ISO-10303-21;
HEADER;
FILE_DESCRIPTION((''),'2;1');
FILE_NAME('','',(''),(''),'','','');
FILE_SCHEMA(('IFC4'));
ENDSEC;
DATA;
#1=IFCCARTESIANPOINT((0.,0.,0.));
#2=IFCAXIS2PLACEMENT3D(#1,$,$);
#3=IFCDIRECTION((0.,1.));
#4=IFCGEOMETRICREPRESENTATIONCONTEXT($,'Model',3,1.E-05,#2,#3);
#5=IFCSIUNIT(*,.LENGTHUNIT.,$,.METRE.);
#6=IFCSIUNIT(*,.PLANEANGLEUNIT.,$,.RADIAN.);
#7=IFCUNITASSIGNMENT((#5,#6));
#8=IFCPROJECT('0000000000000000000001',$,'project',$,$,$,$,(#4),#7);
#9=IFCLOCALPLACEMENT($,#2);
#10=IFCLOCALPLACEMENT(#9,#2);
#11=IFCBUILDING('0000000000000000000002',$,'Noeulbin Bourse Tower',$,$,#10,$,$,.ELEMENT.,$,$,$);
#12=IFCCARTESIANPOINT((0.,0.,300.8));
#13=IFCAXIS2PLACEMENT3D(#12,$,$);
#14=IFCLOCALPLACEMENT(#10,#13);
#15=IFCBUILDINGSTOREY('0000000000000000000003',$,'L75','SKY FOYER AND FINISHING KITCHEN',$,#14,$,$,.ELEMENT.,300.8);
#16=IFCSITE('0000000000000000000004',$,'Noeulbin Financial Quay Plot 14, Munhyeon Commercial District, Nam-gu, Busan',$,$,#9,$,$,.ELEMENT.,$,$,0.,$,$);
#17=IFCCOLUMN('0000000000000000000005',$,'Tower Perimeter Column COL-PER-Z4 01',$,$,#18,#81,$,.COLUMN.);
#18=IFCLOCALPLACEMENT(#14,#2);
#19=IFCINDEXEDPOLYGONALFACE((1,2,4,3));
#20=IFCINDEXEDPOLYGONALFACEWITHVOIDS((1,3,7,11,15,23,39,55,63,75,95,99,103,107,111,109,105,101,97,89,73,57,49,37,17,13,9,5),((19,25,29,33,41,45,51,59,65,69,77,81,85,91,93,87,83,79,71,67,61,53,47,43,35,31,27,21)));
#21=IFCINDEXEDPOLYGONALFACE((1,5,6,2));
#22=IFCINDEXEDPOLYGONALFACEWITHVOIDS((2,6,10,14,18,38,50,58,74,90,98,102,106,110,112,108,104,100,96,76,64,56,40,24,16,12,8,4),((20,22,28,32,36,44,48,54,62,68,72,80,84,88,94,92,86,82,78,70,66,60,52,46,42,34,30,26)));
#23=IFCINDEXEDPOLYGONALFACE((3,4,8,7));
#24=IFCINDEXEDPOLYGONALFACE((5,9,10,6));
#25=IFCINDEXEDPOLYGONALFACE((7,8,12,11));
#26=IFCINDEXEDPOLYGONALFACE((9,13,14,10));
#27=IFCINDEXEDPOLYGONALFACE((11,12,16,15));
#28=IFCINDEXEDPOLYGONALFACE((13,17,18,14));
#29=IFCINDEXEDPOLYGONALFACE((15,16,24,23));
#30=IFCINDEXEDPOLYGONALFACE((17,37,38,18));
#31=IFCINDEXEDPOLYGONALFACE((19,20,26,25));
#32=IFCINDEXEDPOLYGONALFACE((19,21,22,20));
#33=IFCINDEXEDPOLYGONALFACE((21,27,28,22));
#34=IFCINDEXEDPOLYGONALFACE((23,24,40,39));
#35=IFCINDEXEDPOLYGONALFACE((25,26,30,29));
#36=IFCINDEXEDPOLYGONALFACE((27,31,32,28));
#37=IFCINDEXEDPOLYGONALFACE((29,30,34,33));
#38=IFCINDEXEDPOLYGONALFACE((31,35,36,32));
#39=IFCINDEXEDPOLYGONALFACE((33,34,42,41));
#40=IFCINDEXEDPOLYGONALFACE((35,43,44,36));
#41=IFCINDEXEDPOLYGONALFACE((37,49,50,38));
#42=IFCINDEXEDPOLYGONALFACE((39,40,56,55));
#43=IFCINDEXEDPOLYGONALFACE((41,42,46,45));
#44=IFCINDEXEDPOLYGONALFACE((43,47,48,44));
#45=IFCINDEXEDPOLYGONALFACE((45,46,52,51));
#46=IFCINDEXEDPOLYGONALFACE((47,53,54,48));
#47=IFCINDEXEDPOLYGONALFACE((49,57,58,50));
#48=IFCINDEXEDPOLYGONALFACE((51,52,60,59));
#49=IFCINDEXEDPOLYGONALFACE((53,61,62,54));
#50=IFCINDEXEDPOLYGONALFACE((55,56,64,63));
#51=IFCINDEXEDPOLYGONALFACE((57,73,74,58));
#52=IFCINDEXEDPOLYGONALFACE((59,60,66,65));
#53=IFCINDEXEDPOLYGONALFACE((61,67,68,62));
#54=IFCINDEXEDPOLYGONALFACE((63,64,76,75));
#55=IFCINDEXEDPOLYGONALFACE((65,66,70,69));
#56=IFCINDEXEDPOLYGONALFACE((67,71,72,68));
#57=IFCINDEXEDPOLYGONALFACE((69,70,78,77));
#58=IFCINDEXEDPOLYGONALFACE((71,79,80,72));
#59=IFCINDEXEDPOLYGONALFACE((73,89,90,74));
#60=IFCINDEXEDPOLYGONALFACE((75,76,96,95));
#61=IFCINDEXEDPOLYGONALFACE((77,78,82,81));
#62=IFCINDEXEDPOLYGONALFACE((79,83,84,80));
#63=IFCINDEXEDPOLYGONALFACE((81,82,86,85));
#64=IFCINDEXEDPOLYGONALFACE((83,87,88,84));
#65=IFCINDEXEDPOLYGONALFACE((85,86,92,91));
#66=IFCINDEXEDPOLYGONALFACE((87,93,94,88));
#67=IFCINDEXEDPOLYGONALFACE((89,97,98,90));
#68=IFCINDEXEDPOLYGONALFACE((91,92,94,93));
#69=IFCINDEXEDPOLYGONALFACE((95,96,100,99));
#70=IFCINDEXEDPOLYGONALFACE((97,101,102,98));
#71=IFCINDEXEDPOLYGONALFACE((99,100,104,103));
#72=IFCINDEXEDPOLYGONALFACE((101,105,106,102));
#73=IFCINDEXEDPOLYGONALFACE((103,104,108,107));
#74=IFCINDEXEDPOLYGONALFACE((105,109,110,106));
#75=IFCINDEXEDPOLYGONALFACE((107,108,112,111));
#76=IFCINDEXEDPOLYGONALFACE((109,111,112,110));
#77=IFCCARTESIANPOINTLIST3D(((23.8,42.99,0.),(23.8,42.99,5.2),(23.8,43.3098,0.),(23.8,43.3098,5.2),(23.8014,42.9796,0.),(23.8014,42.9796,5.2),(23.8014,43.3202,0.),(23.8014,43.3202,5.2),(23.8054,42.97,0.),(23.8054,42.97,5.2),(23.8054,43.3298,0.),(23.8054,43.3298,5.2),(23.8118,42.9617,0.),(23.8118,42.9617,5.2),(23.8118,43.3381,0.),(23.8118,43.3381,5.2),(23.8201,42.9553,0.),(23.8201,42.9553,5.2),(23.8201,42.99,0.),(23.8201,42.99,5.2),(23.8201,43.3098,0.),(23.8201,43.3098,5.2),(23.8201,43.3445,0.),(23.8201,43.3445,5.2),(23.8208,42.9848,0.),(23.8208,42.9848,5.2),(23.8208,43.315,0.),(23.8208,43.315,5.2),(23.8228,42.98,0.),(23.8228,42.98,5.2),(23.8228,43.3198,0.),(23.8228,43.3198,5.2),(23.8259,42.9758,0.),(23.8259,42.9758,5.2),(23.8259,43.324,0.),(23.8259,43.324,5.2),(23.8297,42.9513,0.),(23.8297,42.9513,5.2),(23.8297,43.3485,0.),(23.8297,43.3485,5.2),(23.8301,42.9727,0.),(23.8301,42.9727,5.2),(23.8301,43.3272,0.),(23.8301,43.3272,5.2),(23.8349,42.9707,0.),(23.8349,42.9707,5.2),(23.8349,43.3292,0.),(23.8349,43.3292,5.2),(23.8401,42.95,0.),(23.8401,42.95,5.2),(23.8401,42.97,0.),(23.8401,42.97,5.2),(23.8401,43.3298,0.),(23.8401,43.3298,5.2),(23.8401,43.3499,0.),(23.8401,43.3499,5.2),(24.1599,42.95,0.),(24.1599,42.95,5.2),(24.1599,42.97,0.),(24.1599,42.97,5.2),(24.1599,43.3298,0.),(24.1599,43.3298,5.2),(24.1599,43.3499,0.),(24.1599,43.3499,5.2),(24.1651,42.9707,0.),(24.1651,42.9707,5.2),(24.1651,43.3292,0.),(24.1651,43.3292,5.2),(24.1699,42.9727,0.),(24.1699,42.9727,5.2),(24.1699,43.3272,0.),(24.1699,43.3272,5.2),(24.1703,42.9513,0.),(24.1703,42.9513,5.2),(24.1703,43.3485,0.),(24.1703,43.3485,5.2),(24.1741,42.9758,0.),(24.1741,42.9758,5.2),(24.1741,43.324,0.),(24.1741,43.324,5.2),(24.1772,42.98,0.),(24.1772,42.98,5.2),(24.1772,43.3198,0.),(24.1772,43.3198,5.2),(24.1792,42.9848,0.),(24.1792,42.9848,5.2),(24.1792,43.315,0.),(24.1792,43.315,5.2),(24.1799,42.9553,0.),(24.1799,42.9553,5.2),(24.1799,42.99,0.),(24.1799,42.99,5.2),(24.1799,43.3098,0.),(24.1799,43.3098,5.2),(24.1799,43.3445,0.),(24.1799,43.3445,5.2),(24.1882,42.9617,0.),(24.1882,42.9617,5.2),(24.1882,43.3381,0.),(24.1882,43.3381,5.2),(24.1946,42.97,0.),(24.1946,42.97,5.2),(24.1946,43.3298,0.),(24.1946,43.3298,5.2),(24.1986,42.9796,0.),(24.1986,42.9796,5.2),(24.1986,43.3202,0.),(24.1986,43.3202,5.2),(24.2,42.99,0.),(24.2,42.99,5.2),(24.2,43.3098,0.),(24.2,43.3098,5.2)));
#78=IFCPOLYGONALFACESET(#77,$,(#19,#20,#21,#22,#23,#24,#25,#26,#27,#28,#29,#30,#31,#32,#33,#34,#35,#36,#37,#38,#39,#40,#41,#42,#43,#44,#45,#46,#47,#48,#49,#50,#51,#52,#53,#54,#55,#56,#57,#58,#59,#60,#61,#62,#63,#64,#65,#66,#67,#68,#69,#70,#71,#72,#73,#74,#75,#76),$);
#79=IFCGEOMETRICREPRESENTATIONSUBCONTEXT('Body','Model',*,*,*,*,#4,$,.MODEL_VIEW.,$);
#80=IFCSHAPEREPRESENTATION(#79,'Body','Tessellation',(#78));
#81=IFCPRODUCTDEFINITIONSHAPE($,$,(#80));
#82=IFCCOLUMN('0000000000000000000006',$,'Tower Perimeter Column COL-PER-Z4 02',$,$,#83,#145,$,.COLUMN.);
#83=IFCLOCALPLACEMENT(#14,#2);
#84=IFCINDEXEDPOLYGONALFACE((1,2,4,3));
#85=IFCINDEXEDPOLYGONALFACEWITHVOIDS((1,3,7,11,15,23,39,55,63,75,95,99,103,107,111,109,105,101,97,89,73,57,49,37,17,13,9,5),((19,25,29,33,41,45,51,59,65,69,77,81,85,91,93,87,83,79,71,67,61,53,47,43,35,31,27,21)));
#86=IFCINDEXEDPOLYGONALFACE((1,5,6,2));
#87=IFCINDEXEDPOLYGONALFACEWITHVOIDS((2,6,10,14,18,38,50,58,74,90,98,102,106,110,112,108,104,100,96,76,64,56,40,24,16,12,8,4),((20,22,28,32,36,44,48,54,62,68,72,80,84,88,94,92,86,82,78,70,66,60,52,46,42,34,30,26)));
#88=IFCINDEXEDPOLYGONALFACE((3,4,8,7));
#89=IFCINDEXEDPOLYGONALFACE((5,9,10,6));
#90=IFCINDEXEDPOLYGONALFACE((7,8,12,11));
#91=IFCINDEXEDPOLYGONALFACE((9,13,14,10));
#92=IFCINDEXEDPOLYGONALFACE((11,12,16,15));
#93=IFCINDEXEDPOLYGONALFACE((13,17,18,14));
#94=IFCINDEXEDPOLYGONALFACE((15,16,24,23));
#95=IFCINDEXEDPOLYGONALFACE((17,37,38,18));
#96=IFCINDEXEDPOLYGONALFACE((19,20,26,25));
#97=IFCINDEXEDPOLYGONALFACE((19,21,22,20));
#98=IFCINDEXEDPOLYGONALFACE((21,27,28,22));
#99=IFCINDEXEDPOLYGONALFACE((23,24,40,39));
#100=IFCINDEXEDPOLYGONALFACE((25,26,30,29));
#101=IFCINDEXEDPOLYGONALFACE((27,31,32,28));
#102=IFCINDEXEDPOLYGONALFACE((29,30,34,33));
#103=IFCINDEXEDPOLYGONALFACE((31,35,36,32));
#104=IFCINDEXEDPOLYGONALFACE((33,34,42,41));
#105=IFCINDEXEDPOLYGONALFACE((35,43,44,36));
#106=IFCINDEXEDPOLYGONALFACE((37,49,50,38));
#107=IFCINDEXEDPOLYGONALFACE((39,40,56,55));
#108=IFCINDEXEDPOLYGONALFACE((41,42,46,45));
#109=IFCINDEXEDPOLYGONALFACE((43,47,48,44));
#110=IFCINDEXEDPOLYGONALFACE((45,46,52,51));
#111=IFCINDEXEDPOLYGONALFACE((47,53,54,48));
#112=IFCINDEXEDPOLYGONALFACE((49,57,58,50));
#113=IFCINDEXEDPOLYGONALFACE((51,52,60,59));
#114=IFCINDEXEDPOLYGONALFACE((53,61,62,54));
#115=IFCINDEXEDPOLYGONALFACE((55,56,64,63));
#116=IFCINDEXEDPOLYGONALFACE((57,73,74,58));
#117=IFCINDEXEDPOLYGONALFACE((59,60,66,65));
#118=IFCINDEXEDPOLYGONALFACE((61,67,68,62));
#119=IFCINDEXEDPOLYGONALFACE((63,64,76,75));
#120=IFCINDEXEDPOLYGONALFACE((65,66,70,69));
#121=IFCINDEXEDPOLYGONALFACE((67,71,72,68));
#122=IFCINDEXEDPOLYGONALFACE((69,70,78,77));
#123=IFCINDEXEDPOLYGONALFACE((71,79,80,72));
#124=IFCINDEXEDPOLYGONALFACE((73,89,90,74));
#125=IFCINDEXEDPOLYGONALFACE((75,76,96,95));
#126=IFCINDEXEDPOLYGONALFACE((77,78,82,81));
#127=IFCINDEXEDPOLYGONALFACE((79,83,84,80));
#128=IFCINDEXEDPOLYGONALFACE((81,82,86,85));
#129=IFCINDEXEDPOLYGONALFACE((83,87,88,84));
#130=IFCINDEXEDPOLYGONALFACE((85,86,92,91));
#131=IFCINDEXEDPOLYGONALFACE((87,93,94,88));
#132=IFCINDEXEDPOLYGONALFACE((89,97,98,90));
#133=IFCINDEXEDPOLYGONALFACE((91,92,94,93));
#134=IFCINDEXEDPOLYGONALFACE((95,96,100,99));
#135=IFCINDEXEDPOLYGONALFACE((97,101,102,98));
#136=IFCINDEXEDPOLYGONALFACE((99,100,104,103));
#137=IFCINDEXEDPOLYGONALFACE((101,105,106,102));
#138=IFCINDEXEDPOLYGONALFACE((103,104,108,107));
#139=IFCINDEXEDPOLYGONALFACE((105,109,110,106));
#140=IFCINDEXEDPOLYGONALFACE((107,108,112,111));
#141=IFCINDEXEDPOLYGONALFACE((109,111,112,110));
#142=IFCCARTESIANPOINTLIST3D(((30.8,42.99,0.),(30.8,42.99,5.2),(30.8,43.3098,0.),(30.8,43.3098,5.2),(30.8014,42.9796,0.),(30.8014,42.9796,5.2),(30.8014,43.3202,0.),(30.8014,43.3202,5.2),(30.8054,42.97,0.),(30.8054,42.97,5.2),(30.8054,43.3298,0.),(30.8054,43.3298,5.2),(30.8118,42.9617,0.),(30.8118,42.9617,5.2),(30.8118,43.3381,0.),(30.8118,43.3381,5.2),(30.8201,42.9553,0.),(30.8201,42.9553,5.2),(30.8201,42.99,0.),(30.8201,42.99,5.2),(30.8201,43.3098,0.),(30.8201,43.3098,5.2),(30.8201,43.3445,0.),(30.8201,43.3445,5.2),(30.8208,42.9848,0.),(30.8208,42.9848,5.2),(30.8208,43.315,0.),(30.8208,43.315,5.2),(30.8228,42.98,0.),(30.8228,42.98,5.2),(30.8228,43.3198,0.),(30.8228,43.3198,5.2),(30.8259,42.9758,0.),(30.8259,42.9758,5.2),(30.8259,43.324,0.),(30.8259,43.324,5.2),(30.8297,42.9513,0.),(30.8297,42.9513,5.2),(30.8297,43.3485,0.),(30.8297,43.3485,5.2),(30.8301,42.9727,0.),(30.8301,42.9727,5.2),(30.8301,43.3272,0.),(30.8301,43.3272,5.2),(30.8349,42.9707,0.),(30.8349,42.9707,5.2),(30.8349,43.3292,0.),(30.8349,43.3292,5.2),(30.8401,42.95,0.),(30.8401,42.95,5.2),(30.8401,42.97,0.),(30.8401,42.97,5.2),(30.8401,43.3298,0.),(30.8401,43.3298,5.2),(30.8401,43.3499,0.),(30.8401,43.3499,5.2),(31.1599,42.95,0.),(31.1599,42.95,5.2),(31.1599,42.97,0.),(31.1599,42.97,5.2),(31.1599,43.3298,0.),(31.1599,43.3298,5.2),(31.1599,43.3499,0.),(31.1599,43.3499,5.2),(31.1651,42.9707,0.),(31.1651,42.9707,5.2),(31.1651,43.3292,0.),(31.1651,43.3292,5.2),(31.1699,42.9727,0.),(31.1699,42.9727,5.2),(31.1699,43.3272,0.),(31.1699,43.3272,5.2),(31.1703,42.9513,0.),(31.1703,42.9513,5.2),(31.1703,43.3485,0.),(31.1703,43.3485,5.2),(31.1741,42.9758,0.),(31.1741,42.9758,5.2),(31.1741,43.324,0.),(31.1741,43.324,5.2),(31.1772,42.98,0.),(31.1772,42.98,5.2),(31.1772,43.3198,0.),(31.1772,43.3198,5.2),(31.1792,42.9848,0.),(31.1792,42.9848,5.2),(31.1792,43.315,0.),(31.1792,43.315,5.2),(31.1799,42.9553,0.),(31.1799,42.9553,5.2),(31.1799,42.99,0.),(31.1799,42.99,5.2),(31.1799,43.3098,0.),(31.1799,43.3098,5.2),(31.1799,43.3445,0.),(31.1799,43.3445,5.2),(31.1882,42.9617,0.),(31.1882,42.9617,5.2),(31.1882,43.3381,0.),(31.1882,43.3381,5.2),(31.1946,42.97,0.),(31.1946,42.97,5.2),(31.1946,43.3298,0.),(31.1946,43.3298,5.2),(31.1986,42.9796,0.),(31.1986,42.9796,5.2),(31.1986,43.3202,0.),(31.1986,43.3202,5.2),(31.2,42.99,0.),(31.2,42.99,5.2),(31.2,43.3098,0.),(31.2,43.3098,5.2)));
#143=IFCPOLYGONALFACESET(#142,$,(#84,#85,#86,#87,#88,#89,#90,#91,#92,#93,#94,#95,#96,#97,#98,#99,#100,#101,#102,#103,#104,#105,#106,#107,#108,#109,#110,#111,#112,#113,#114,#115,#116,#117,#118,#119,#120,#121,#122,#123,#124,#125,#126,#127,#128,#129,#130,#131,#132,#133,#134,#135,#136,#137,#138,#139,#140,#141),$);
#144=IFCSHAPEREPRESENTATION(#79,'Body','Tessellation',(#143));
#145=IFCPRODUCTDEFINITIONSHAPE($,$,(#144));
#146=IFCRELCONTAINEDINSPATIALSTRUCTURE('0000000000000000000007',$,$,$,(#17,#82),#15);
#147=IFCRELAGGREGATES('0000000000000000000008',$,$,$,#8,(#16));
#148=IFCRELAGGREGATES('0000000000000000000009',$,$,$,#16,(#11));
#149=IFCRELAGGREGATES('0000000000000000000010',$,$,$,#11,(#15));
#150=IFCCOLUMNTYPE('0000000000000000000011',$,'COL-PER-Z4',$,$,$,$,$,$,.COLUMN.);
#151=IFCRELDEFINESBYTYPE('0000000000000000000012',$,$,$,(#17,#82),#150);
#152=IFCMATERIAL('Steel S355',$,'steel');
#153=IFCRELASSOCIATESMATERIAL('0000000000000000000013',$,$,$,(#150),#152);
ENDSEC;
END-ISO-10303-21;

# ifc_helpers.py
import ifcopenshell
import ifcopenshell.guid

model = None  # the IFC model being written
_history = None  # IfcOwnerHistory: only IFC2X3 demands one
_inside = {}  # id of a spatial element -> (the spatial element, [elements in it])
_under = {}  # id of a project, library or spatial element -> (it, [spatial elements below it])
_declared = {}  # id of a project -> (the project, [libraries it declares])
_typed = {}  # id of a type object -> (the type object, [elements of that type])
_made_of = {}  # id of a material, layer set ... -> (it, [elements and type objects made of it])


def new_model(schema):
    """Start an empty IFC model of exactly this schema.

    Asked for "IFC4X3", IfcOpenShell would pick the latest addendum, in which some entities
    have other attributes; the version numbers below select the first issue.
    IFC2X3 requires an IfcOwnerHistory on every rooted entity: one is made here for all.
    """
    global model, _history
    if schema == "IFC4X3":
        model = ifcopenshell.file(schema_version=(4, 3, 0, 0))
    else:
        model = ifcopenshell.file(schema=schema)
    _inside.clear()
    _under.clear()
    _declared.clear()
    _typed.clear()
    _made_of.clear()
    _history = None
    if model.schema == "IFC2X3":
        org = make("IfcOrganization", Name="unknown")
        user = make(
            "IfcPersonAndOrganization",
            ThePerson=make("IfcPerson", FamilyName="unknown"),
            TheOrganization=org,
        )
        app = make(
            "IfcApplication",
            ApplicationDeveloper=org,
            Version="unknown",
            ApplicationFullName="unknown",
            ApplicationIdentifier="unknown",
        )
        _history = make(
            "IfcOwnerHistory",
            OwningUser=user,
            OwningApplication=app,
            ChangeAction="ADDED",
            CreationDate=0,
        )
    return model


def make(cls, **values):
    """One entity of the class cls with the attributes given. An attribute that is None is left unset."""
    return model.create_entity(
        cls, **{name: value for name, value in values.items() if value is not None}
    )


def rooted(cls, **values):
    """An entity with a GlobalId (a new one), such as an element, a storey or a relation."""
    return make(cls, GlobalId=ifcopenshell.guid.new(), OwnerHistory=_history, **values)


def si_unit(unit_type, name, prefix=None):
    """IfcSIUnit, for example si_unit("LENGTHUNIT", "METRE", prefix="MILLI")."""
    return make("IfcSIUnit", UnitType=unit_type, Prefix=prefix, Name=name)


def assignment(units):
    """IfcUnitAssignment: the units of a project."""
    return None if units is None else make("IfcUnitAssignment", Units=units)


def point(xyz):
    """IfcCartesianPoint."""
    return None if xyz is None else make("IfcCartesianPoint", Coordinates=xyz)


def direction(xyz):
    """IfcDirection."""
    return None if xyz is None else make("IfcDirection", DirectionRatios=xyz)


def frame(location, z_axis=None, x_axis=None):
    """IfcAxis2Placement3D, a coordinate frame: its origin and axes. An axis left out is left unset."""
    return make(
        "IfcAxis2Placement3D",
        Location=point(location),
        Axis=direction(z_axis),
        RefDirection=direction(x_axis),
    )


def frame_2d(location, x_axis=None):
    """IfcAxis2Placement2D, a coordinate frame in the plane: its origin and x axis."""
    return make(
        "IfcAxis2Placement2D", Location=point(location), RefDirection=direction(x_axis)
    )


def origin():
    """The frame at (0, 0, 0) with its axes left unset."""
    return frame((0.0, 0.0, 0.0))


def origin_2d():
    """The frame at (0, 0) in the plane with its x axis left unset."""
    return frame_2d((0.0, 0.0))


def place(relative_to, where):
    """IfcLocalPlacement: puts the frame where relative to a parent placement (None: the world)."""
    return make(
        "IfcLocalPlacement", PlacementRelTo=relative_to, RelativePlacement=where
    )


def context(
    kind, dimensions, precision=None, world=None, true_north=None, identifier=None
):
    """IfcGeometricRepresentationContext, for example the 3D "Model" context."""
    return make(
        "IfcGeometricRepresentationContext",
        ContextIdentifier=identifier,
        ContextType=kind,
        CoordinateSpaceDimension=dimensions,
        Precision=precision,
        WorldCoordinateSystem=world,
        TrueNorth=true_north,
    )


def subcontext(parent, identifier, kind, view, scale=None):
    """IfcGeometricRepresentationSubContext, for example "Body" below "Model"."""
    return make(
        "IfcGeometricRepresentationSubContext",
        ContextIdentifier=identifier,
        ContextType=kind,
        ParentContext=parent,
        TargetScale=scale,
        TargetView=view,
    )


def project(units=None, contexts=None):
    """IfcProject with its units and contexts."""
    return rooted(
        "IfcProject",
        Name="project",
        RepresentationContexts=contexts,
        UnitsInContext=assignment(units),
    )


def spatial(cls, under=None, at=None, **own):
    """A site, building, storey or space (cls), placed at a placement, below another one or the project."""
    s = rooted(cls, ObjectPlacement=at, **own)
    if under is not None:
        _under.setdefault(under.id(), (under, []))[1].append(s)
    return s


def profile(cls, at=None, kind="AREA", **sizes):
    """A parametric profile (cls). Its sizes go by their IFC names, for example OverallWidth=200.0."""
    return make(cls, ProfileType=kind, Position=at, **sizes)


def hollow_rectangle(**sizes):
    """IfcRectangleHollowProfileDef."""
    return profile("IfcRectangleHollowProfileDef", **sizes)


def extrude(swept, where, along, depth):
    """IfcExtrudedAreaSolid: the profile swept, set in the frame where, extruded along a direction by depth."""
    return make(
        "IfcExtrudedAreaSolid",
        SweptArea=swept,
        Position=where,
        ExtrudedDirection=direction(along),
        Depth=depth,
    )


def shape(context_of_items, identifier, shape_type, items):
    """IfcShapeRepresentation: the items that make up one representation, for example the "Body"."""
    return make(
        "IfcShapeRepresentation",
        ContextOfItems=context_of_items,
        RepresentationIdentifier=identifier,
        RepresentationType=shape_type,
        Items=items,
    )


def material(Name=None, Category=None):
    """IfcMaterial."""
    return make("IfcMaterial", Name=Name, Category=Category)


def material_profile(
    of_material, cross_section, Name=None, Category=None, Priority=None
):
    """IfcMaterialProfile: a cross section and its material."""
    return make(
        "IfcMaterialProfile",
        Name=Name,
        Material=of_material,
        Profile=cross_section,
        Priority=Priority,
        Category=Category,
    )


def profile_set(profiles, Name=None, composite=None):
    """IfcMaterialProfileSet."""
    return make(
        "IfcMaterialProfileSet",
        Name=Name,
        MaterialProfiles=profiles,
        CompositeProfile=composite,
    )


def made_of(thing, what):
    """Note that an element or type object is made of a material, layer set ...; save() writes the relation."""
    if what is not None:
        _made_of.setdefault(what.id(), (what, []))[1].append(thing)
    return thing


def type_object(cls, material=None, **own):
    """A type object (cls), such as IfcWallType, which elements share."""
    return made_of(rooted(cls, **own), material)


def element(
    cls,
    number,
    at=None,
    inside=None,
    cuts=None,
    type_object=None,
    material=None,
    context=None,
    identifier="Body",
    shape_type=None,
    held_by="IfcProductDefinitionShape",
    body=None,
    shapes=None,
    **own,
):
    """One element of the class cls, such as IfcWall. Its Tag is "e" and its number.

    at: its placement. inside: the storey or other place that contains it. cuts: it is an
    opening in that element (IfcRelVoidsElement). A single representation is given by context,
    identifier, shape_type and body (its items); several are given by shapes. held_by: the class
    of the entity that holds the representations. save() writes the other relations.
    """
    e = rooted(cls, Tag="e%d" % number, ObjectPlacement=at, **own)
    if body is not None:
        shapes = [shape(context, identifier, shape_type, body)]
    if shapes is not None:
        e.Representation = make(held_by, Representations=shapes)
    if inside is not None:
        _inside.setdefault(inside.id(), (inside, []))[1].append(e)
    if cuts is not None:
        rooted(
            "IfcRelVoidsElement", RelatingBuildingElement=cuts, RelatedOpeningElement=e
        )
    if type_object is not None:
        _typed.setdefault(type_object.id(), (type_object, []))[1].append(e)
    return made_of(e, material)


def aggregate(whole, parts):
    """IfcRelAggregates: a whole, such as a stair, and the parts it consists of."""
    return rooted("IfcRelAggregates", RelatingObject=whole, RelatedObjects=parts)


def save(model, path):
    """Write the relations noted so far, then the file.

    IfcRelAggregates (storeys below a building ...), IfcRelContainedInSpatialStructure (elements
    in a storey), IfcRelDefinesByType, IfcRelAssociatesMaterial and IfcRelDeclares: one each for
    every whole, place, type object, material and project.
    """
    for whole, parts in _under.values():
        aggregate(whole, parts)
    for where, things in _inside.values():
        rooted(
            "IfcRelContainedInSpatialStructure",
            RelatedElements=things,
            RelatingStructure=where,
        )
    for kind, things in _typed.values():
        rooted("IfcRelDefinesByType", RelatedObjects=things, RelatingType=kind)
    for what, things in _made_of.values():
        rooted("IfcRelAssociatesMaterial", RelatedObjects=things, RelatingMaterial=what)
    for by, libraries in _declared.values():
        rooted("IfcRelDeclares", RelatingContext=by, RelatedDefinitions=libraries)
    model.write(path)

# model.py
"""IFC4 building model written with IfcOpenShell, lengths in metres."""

from ifc_helpers import new_model, si_unit, direction, frame, origin, origin_2d, place, context, subcontext, project, spatial, hollow_rectangle, extrude, material, material_profile, profile_set, type_object, element, save


model = new_model("IFC4")

# Units and contexts
model_context = context("Model", 3, precision=1e-05, world=origin(), true_north=direction((0.0, 1.0)))
body_context = subcontext(model_context, "Body", "Model", "MODEL_VIEW")
ifc_project = project(units=[si_unit("LENGTHUNIT", "METRE"), si_unit("PLANEANGLEUNIT", "RADIAN")], contexts=[model_context])

# Site, building, storey
site_placement = place(None, origin())
site = spatial("IfcSite", under=ifc_project, at=site_placement, Name="Noeulbin Financial Quay Plot 14, Munhyeon Commercial District, Nam-gu, Busan", CompositionType="ELEMENT", RefElevation=0.0)
building_placement = place(site_placement, origin())
building = spatial("IfcBuilding", under=site, at=building_placement, Name="Noeulbin Bourse Tower", CompositionType="ELEMENT")
storey_placement = place(building_placement, frame((0.0, 0.0, 300.8)))
storey = spatial("IfcBuildingStorey", under=building, at=storey_placement, Name="L75", Description="SKY FOYER AND FINISHING KITCHEN", CompositionType="ELEMENT", Elevation=300.8)

# Columns
ifc_material_1 = material(Name="Steel S355", Category="steel")
ifc_material_profile_1 = material_profile(ifc_material_1, hollow_rectangle(XDim=0.3999, YDim=0.3999, WallThickness=0.02, InnerFilletRadius=0.02, OuterFilletRadius=0.04, at=origin_2d()), Name="SHS-400x400x20", Category="LoadBearing")
ifc_profile_set_1 = profile_set([ifc_material_profile_1], Name="Steel S355")
column_type_1 = type_object("IfcColumnType", Name="COL-PER-Z4", PredefinedType="COLUMN", material=ifc_profile_set_1)
for number, where, z_axis, x_axis, name in (
    (1, (24.0, 43.1499, 0.0), (0.0, 0.0, 1.0), (1.0, 0.0, 0.0), "Tower Perimeter Column COL-PER-Z4 01"),
    (2, (31.0, 43.1499, 0.0), (0.0, 0.0, 1.0), (1.0, 0.0, 0.0), "Tower Perimeter Column COL-PER-Z4 02"),
):
    element("IfcColumn", number, at=place(storey_placement, frame(where, z_axis=z_axis, x_axis=x_axis)), inside=storey, type_object=column_type_1, Name=name, PredefinedType="COLUMN", context=body_context, shape_type="SweptSolid", body=[
        extrude(hollow_rectangle(XDim=0.3999, YDim=0.3999, WallThickness=0.02, InnerFilletRadius=0.02, OuterFilletRadius=0.04, at=origin_2d()), origin(), (0.0, 0.0, 1.0), 5.2),
    ])

save(model, "model.ifc")
